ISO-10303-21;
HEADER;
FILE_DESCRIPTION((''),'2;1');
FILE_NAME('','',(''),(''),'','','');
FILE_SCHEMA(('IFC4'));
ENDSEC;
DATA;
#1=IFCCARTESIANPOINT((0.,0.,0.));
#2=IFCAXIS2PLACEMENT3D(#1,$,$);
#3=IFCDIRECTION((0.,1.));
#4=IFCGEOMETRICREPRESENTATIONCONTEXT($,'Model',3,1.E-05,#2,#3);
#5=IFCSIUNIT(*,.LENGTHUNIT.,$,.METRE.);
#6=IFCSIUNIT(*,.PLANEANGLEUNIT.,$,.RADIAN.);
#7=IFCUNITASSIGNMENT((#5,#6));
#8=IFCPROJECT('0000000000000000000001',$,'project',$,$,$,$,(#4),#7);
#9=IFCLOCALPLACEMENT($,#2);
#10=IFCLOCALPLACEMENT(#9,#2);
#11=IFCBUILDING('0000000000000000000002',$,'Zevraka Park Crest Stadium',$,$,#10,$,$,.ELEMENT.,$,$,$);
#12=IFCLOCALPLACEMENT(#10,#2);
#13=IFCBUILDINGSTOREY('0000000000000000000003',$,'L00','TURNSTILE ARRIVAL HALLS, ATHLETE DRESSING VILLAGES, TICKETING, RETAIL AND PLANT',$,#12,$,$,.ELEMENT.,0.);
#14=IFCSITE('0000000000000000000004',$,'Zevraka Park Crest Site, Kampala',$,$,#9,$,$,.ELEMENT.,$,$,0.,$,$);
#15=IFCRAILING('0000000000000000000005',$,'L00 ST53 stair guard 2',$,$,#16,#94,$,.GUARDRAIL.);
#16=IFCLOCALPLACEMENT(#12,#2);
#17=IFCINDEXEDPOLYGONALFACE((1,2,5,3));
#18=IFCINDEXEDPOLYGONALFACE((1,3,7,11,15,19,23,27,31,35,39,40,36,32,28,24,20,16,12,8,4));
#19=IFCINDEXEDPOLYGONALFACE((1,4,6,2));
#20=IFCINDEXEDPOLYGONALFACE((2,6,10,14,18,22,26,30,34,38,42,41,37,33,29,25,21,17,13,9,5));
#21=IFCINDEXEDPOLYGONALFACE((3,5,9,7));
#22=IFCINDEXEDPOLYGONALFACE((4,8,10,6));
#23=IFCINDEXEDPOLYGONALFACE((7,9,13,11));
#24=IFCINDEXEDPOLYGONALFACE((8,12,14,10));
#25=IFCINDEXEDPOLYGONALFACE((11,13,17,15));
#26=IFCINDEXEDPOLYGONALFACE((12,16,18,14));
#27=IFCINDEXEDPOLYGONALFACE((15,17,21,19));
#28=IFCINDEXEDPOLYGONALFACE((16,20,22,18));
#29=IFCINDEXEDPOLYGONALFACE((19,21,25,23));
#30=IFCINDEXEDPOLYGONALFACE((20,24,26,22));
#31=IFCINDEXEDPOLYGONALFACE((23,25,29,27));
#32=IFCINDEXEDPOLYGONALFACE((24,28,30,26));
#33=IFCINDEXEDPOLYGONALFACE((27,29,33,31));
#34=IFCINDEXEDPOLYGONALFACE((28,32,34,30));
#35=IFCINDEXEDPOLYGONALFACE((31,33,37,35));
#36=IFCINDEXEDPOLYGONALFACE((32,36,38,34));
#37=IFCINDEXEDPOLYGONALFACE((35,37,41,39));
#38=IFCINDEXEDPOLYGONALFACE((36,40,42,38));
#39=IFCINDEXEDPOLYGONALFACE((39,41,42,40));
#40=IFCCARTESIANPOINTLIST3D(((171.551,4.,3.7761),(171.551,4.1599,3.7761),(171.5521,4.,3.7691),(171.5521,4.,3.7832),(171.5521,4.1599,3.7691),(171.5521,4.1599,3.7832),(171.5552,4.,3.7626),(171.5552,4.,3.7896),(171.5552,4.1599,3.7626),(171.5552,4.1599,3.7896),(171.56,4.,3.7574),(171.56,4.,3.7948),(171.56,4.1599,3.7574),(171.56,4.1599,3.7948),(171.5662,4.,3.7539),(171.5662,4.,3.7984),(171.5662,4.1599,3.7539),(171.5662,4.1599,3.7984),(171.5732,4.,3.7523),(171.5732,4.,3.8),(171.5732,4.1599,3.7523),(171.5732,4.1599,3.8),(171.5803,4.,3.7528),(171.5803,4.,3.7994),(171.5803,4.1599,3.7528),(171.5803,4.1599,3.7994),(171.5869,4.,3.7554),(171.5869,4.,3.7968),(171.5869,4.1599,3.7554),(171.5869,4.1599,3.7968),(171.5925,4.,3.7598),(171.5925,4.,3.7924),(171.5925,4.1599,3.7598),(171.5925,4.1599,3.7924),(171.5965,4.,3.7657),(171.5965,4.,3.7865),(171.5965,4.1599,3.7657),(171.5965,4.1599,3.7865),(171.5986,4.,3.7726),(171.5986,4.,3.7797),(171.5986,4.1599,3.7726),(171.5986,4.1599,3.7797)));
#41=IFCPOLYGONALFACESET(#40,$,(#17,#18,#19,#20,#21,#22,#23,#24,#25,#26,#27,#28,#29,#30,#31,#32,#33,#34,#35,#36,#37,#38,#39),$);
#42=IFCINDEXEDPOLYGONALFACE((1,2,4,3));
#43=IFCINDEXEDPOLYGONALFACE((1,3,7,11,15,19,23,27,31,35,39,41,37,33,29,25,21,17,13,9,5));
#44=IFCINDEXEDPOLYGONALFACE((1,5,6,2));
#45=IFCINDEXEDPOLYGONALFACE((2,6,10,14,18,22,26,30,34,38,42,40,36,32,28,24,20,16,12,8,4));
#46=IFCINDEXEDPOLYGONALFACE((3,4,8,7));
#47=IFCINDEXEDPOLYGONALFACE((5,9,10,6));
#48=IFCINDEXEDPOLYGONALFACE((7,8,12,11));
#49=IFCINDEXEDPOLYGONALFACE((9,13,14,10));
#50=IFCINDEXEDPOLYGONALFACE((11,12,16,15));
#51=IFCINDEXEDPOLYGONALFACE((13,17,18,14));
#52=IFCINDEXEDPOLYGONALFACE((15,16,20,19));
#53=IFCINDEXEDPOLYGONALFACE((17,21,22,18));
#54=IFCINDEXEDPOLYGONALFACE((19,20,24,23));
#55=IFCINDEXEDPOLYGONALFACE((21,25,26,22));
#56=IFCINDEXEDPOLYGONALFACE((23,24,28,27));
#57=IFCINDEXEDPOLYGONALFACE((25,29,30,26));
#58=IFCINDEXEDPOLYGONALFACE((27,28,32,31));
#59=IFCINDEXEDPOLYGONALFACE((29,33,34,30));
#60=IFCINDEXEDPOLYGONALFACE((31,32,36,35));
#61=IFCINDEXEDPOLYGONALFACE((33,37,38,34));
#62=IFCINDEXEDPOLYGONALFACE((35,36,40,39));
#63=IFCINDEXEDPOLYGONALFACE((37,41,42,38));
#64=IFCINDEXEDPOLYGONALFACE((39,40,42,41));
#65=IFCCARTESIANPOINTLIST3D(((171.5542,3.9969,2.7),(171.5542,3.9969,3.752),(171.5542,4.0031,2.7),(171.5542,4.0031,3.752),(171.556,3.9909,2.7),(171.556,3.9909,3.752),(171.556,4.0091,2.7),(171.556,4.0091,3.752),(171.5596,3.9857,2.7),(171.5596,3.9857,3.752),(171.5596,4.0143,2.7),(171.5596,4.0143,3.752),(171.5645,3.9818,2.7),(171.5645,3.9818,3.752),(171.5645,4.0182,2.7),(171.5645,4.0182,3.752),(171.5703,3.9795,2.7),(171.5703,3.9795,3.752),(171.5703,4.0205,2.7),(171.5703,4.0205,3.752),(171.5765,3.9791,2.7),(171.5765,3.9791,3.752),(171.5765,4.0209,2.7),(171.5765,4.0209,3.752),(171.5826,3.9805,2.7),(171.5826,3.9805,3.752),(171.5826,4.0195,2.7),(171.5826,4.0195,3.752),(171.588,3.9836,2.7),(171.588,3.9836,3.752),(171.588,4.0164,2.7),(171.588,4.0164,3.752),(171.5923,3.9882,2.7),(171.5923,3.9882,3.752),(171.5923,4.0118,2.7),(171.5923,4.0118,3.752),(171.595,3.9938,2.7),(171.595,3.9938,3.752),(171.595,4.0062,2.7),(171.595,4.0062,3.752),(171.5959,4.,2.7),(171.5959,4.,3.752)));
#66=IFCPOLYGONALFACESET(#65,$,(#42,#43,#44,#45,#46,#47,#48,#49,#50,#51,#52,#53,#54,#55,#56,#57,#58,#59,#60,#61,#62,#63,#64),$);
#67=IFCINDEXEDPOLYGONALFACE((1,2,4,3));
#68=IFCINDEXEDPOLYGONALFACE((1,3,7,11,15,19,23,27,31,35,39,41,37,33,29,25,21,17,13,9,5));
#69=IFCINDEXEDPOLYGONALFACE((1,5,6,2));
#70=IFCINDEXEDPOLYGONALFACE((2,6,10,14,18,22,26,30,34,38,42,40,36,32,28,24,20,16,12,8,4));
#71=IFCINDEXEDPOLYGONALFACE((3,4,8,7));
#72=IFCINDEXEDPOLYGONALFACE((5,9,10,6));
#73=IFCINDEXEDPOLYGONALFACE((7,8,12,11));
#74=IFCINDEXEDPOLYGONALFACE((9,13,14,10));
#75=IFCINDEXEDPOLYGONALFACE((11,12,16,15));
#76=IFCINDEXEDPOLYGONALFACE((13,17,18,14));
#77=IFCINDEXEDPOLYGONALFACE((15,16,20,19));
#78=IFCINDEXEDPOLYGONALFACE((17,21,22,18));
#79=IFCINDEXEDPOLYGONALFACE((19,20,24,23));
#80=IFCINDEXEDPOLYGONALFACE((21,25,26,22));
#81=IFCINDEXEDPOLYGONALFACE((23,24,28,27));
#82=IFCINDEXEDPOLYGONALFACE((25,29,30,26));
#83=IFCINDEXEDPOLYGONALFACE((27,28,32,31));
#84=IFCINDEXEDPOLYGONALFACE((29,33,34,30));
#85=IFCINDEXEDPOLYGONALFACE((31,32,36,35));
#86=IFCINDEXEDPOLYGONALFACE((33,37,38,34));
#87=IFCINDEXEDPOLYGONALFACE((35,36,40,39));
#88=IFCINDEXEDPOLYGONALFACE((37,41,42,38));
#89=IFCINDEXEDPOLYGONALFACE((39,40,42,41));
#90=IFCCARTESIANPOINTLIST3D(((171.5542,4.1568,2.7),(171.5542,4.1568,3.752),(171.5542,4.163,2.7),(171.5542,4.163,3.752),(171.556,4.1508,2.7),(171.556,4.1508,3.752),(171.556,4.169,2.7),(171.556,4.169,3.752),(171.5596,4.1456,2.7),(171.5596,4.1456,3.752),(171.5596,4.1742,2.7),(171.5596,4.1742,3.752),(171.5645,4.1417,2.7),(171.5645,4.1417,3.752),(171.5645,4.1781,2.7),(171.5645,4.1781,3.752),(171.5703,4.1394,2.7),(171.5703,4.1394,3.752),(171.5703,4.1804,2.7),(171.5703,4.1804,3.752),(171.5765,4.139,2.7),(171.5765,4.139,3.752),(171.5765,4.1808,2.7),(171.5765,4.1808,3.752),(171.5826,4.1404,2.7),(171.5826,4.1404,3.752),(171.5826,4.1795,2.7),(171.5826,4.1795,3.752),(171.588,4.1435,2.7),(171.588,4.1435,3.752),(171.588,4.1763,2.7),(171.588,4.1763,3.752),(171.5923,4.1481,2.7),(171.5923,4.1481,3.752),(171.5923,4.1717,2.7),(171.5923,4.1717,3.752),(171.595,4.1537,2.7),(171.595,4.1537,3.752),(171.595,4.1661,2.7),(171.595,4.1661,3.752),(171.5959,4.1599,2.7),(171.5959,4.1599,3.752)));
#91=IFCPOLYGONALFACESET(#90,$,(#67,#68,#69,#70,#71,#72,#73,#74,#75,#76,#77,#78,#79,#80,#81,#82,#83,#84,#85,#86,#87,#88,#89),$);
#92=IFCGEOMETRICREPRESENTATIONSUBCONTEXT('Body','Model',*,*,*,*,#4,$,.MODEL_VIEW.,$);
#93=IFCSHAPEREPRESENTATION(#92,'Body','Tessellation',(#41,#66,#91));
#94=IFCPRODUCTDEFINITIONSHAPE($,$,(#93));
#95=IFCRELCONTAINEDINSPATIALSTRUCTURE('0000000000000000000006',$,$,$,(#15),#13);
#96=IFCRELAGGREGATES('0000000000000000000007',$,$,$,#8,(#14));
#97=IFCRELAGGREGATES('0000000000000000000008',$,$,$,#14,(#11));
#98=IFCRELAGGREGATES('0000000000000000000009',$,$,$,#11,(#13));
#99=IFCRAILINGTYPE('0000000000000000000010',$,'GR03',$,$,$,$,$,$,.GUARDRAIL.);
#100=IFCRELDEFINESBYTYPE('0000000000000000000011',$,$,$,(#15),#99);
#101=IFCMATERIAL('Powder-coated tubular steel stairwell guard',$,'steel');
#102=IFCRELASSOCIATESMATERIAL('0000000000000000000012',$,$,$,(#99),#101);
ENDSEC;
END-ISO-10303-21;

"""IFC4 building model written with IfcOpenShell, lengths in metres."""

from ifc_helpers import new_model, si_unit, direction, frame, origin, origin_2d, place, context, subcontext, project, spatial, circle, extrude, material, type_object, element, save


model = new_model("IFC4")

# Units and contexts
model_context = context("Model", 3, precision=1e-05, world=origin(), true_north=direction((0.0, 1.0)))
body_context = subcontext(model_context, "Body", "Model", "MODEL_VIEW")
ifc_project = project(units=[si_unit("LENGTHUNIT", "METRE"), si_unit("PLANEANGLEUNIT", "RADIAN")], contexts=[model_context])

# Site, building, storey
site_placement = place(None, origin())
site = spatial("IfcSite", under=ifc_project, at=site_placement, Name="Zevraka Park Crest Site, Kampala", CompositionType="ELEMENT", RefElevation=0.0)
building_placement = place(site_placement, origin())
building = spatial("IfcBuilding", under=site, at=building_placement, Name="Zevraka Park Crest Stadium", CompositionType="ELEMENT")
storey_placement = place(building_placement, origin())
storey = spatial("IfcBuildingStorey", under=building, at=storey_placement, Name="L00", Description="TURNSTILE ARRIVAL HALLS, ATHLETE DRESSING VILLAGES, TICKETING, RETAIL AND PLANT", CompositionType="ELEMENT", Elevation=0.0)

# Railing
ifc_material_1 = material(Name="Powder-coated tubular steel stairwell guard", Category="steel")
railing_type_1 = type_object("IfcRailingType", Name="GR03", PredefinedType="GUARDRAIL", material=ifc_material_1)
railing_1_placement = place(storey_placement, frame((171.575, 4.0, 2.7)))
element("IfcRailing", 1, at=railing_1_placement, inside=storey, type_object=railing_type_1, Name="L00 ST53 stair guard 2", PredefinedType="GUARDRAIL", context=body_context, shape_type="SweptSolid", body=[
    extrude(circle(Radius=0.0239, at=origin_2d()), frame((0.0, 0.0, 1.0762), z_axis=(0.0, 1.0, 0.0), x_axis=(-1.0, 0.0, 0.0)), (0.0, 0.0, 1.0), 0.1599),
    extrude(circle(Radius=0.021, at=origin_2d()), origin(), (0.0, 0.0, 1.0), 1.052),
    extrude(circle(Radius=0.021, at=origin_2d()), frame((0.0, 0.1599, 0.0)), (0.0, 0.0, 1.0), 1.052),
])

save(model, "model.ifc")
